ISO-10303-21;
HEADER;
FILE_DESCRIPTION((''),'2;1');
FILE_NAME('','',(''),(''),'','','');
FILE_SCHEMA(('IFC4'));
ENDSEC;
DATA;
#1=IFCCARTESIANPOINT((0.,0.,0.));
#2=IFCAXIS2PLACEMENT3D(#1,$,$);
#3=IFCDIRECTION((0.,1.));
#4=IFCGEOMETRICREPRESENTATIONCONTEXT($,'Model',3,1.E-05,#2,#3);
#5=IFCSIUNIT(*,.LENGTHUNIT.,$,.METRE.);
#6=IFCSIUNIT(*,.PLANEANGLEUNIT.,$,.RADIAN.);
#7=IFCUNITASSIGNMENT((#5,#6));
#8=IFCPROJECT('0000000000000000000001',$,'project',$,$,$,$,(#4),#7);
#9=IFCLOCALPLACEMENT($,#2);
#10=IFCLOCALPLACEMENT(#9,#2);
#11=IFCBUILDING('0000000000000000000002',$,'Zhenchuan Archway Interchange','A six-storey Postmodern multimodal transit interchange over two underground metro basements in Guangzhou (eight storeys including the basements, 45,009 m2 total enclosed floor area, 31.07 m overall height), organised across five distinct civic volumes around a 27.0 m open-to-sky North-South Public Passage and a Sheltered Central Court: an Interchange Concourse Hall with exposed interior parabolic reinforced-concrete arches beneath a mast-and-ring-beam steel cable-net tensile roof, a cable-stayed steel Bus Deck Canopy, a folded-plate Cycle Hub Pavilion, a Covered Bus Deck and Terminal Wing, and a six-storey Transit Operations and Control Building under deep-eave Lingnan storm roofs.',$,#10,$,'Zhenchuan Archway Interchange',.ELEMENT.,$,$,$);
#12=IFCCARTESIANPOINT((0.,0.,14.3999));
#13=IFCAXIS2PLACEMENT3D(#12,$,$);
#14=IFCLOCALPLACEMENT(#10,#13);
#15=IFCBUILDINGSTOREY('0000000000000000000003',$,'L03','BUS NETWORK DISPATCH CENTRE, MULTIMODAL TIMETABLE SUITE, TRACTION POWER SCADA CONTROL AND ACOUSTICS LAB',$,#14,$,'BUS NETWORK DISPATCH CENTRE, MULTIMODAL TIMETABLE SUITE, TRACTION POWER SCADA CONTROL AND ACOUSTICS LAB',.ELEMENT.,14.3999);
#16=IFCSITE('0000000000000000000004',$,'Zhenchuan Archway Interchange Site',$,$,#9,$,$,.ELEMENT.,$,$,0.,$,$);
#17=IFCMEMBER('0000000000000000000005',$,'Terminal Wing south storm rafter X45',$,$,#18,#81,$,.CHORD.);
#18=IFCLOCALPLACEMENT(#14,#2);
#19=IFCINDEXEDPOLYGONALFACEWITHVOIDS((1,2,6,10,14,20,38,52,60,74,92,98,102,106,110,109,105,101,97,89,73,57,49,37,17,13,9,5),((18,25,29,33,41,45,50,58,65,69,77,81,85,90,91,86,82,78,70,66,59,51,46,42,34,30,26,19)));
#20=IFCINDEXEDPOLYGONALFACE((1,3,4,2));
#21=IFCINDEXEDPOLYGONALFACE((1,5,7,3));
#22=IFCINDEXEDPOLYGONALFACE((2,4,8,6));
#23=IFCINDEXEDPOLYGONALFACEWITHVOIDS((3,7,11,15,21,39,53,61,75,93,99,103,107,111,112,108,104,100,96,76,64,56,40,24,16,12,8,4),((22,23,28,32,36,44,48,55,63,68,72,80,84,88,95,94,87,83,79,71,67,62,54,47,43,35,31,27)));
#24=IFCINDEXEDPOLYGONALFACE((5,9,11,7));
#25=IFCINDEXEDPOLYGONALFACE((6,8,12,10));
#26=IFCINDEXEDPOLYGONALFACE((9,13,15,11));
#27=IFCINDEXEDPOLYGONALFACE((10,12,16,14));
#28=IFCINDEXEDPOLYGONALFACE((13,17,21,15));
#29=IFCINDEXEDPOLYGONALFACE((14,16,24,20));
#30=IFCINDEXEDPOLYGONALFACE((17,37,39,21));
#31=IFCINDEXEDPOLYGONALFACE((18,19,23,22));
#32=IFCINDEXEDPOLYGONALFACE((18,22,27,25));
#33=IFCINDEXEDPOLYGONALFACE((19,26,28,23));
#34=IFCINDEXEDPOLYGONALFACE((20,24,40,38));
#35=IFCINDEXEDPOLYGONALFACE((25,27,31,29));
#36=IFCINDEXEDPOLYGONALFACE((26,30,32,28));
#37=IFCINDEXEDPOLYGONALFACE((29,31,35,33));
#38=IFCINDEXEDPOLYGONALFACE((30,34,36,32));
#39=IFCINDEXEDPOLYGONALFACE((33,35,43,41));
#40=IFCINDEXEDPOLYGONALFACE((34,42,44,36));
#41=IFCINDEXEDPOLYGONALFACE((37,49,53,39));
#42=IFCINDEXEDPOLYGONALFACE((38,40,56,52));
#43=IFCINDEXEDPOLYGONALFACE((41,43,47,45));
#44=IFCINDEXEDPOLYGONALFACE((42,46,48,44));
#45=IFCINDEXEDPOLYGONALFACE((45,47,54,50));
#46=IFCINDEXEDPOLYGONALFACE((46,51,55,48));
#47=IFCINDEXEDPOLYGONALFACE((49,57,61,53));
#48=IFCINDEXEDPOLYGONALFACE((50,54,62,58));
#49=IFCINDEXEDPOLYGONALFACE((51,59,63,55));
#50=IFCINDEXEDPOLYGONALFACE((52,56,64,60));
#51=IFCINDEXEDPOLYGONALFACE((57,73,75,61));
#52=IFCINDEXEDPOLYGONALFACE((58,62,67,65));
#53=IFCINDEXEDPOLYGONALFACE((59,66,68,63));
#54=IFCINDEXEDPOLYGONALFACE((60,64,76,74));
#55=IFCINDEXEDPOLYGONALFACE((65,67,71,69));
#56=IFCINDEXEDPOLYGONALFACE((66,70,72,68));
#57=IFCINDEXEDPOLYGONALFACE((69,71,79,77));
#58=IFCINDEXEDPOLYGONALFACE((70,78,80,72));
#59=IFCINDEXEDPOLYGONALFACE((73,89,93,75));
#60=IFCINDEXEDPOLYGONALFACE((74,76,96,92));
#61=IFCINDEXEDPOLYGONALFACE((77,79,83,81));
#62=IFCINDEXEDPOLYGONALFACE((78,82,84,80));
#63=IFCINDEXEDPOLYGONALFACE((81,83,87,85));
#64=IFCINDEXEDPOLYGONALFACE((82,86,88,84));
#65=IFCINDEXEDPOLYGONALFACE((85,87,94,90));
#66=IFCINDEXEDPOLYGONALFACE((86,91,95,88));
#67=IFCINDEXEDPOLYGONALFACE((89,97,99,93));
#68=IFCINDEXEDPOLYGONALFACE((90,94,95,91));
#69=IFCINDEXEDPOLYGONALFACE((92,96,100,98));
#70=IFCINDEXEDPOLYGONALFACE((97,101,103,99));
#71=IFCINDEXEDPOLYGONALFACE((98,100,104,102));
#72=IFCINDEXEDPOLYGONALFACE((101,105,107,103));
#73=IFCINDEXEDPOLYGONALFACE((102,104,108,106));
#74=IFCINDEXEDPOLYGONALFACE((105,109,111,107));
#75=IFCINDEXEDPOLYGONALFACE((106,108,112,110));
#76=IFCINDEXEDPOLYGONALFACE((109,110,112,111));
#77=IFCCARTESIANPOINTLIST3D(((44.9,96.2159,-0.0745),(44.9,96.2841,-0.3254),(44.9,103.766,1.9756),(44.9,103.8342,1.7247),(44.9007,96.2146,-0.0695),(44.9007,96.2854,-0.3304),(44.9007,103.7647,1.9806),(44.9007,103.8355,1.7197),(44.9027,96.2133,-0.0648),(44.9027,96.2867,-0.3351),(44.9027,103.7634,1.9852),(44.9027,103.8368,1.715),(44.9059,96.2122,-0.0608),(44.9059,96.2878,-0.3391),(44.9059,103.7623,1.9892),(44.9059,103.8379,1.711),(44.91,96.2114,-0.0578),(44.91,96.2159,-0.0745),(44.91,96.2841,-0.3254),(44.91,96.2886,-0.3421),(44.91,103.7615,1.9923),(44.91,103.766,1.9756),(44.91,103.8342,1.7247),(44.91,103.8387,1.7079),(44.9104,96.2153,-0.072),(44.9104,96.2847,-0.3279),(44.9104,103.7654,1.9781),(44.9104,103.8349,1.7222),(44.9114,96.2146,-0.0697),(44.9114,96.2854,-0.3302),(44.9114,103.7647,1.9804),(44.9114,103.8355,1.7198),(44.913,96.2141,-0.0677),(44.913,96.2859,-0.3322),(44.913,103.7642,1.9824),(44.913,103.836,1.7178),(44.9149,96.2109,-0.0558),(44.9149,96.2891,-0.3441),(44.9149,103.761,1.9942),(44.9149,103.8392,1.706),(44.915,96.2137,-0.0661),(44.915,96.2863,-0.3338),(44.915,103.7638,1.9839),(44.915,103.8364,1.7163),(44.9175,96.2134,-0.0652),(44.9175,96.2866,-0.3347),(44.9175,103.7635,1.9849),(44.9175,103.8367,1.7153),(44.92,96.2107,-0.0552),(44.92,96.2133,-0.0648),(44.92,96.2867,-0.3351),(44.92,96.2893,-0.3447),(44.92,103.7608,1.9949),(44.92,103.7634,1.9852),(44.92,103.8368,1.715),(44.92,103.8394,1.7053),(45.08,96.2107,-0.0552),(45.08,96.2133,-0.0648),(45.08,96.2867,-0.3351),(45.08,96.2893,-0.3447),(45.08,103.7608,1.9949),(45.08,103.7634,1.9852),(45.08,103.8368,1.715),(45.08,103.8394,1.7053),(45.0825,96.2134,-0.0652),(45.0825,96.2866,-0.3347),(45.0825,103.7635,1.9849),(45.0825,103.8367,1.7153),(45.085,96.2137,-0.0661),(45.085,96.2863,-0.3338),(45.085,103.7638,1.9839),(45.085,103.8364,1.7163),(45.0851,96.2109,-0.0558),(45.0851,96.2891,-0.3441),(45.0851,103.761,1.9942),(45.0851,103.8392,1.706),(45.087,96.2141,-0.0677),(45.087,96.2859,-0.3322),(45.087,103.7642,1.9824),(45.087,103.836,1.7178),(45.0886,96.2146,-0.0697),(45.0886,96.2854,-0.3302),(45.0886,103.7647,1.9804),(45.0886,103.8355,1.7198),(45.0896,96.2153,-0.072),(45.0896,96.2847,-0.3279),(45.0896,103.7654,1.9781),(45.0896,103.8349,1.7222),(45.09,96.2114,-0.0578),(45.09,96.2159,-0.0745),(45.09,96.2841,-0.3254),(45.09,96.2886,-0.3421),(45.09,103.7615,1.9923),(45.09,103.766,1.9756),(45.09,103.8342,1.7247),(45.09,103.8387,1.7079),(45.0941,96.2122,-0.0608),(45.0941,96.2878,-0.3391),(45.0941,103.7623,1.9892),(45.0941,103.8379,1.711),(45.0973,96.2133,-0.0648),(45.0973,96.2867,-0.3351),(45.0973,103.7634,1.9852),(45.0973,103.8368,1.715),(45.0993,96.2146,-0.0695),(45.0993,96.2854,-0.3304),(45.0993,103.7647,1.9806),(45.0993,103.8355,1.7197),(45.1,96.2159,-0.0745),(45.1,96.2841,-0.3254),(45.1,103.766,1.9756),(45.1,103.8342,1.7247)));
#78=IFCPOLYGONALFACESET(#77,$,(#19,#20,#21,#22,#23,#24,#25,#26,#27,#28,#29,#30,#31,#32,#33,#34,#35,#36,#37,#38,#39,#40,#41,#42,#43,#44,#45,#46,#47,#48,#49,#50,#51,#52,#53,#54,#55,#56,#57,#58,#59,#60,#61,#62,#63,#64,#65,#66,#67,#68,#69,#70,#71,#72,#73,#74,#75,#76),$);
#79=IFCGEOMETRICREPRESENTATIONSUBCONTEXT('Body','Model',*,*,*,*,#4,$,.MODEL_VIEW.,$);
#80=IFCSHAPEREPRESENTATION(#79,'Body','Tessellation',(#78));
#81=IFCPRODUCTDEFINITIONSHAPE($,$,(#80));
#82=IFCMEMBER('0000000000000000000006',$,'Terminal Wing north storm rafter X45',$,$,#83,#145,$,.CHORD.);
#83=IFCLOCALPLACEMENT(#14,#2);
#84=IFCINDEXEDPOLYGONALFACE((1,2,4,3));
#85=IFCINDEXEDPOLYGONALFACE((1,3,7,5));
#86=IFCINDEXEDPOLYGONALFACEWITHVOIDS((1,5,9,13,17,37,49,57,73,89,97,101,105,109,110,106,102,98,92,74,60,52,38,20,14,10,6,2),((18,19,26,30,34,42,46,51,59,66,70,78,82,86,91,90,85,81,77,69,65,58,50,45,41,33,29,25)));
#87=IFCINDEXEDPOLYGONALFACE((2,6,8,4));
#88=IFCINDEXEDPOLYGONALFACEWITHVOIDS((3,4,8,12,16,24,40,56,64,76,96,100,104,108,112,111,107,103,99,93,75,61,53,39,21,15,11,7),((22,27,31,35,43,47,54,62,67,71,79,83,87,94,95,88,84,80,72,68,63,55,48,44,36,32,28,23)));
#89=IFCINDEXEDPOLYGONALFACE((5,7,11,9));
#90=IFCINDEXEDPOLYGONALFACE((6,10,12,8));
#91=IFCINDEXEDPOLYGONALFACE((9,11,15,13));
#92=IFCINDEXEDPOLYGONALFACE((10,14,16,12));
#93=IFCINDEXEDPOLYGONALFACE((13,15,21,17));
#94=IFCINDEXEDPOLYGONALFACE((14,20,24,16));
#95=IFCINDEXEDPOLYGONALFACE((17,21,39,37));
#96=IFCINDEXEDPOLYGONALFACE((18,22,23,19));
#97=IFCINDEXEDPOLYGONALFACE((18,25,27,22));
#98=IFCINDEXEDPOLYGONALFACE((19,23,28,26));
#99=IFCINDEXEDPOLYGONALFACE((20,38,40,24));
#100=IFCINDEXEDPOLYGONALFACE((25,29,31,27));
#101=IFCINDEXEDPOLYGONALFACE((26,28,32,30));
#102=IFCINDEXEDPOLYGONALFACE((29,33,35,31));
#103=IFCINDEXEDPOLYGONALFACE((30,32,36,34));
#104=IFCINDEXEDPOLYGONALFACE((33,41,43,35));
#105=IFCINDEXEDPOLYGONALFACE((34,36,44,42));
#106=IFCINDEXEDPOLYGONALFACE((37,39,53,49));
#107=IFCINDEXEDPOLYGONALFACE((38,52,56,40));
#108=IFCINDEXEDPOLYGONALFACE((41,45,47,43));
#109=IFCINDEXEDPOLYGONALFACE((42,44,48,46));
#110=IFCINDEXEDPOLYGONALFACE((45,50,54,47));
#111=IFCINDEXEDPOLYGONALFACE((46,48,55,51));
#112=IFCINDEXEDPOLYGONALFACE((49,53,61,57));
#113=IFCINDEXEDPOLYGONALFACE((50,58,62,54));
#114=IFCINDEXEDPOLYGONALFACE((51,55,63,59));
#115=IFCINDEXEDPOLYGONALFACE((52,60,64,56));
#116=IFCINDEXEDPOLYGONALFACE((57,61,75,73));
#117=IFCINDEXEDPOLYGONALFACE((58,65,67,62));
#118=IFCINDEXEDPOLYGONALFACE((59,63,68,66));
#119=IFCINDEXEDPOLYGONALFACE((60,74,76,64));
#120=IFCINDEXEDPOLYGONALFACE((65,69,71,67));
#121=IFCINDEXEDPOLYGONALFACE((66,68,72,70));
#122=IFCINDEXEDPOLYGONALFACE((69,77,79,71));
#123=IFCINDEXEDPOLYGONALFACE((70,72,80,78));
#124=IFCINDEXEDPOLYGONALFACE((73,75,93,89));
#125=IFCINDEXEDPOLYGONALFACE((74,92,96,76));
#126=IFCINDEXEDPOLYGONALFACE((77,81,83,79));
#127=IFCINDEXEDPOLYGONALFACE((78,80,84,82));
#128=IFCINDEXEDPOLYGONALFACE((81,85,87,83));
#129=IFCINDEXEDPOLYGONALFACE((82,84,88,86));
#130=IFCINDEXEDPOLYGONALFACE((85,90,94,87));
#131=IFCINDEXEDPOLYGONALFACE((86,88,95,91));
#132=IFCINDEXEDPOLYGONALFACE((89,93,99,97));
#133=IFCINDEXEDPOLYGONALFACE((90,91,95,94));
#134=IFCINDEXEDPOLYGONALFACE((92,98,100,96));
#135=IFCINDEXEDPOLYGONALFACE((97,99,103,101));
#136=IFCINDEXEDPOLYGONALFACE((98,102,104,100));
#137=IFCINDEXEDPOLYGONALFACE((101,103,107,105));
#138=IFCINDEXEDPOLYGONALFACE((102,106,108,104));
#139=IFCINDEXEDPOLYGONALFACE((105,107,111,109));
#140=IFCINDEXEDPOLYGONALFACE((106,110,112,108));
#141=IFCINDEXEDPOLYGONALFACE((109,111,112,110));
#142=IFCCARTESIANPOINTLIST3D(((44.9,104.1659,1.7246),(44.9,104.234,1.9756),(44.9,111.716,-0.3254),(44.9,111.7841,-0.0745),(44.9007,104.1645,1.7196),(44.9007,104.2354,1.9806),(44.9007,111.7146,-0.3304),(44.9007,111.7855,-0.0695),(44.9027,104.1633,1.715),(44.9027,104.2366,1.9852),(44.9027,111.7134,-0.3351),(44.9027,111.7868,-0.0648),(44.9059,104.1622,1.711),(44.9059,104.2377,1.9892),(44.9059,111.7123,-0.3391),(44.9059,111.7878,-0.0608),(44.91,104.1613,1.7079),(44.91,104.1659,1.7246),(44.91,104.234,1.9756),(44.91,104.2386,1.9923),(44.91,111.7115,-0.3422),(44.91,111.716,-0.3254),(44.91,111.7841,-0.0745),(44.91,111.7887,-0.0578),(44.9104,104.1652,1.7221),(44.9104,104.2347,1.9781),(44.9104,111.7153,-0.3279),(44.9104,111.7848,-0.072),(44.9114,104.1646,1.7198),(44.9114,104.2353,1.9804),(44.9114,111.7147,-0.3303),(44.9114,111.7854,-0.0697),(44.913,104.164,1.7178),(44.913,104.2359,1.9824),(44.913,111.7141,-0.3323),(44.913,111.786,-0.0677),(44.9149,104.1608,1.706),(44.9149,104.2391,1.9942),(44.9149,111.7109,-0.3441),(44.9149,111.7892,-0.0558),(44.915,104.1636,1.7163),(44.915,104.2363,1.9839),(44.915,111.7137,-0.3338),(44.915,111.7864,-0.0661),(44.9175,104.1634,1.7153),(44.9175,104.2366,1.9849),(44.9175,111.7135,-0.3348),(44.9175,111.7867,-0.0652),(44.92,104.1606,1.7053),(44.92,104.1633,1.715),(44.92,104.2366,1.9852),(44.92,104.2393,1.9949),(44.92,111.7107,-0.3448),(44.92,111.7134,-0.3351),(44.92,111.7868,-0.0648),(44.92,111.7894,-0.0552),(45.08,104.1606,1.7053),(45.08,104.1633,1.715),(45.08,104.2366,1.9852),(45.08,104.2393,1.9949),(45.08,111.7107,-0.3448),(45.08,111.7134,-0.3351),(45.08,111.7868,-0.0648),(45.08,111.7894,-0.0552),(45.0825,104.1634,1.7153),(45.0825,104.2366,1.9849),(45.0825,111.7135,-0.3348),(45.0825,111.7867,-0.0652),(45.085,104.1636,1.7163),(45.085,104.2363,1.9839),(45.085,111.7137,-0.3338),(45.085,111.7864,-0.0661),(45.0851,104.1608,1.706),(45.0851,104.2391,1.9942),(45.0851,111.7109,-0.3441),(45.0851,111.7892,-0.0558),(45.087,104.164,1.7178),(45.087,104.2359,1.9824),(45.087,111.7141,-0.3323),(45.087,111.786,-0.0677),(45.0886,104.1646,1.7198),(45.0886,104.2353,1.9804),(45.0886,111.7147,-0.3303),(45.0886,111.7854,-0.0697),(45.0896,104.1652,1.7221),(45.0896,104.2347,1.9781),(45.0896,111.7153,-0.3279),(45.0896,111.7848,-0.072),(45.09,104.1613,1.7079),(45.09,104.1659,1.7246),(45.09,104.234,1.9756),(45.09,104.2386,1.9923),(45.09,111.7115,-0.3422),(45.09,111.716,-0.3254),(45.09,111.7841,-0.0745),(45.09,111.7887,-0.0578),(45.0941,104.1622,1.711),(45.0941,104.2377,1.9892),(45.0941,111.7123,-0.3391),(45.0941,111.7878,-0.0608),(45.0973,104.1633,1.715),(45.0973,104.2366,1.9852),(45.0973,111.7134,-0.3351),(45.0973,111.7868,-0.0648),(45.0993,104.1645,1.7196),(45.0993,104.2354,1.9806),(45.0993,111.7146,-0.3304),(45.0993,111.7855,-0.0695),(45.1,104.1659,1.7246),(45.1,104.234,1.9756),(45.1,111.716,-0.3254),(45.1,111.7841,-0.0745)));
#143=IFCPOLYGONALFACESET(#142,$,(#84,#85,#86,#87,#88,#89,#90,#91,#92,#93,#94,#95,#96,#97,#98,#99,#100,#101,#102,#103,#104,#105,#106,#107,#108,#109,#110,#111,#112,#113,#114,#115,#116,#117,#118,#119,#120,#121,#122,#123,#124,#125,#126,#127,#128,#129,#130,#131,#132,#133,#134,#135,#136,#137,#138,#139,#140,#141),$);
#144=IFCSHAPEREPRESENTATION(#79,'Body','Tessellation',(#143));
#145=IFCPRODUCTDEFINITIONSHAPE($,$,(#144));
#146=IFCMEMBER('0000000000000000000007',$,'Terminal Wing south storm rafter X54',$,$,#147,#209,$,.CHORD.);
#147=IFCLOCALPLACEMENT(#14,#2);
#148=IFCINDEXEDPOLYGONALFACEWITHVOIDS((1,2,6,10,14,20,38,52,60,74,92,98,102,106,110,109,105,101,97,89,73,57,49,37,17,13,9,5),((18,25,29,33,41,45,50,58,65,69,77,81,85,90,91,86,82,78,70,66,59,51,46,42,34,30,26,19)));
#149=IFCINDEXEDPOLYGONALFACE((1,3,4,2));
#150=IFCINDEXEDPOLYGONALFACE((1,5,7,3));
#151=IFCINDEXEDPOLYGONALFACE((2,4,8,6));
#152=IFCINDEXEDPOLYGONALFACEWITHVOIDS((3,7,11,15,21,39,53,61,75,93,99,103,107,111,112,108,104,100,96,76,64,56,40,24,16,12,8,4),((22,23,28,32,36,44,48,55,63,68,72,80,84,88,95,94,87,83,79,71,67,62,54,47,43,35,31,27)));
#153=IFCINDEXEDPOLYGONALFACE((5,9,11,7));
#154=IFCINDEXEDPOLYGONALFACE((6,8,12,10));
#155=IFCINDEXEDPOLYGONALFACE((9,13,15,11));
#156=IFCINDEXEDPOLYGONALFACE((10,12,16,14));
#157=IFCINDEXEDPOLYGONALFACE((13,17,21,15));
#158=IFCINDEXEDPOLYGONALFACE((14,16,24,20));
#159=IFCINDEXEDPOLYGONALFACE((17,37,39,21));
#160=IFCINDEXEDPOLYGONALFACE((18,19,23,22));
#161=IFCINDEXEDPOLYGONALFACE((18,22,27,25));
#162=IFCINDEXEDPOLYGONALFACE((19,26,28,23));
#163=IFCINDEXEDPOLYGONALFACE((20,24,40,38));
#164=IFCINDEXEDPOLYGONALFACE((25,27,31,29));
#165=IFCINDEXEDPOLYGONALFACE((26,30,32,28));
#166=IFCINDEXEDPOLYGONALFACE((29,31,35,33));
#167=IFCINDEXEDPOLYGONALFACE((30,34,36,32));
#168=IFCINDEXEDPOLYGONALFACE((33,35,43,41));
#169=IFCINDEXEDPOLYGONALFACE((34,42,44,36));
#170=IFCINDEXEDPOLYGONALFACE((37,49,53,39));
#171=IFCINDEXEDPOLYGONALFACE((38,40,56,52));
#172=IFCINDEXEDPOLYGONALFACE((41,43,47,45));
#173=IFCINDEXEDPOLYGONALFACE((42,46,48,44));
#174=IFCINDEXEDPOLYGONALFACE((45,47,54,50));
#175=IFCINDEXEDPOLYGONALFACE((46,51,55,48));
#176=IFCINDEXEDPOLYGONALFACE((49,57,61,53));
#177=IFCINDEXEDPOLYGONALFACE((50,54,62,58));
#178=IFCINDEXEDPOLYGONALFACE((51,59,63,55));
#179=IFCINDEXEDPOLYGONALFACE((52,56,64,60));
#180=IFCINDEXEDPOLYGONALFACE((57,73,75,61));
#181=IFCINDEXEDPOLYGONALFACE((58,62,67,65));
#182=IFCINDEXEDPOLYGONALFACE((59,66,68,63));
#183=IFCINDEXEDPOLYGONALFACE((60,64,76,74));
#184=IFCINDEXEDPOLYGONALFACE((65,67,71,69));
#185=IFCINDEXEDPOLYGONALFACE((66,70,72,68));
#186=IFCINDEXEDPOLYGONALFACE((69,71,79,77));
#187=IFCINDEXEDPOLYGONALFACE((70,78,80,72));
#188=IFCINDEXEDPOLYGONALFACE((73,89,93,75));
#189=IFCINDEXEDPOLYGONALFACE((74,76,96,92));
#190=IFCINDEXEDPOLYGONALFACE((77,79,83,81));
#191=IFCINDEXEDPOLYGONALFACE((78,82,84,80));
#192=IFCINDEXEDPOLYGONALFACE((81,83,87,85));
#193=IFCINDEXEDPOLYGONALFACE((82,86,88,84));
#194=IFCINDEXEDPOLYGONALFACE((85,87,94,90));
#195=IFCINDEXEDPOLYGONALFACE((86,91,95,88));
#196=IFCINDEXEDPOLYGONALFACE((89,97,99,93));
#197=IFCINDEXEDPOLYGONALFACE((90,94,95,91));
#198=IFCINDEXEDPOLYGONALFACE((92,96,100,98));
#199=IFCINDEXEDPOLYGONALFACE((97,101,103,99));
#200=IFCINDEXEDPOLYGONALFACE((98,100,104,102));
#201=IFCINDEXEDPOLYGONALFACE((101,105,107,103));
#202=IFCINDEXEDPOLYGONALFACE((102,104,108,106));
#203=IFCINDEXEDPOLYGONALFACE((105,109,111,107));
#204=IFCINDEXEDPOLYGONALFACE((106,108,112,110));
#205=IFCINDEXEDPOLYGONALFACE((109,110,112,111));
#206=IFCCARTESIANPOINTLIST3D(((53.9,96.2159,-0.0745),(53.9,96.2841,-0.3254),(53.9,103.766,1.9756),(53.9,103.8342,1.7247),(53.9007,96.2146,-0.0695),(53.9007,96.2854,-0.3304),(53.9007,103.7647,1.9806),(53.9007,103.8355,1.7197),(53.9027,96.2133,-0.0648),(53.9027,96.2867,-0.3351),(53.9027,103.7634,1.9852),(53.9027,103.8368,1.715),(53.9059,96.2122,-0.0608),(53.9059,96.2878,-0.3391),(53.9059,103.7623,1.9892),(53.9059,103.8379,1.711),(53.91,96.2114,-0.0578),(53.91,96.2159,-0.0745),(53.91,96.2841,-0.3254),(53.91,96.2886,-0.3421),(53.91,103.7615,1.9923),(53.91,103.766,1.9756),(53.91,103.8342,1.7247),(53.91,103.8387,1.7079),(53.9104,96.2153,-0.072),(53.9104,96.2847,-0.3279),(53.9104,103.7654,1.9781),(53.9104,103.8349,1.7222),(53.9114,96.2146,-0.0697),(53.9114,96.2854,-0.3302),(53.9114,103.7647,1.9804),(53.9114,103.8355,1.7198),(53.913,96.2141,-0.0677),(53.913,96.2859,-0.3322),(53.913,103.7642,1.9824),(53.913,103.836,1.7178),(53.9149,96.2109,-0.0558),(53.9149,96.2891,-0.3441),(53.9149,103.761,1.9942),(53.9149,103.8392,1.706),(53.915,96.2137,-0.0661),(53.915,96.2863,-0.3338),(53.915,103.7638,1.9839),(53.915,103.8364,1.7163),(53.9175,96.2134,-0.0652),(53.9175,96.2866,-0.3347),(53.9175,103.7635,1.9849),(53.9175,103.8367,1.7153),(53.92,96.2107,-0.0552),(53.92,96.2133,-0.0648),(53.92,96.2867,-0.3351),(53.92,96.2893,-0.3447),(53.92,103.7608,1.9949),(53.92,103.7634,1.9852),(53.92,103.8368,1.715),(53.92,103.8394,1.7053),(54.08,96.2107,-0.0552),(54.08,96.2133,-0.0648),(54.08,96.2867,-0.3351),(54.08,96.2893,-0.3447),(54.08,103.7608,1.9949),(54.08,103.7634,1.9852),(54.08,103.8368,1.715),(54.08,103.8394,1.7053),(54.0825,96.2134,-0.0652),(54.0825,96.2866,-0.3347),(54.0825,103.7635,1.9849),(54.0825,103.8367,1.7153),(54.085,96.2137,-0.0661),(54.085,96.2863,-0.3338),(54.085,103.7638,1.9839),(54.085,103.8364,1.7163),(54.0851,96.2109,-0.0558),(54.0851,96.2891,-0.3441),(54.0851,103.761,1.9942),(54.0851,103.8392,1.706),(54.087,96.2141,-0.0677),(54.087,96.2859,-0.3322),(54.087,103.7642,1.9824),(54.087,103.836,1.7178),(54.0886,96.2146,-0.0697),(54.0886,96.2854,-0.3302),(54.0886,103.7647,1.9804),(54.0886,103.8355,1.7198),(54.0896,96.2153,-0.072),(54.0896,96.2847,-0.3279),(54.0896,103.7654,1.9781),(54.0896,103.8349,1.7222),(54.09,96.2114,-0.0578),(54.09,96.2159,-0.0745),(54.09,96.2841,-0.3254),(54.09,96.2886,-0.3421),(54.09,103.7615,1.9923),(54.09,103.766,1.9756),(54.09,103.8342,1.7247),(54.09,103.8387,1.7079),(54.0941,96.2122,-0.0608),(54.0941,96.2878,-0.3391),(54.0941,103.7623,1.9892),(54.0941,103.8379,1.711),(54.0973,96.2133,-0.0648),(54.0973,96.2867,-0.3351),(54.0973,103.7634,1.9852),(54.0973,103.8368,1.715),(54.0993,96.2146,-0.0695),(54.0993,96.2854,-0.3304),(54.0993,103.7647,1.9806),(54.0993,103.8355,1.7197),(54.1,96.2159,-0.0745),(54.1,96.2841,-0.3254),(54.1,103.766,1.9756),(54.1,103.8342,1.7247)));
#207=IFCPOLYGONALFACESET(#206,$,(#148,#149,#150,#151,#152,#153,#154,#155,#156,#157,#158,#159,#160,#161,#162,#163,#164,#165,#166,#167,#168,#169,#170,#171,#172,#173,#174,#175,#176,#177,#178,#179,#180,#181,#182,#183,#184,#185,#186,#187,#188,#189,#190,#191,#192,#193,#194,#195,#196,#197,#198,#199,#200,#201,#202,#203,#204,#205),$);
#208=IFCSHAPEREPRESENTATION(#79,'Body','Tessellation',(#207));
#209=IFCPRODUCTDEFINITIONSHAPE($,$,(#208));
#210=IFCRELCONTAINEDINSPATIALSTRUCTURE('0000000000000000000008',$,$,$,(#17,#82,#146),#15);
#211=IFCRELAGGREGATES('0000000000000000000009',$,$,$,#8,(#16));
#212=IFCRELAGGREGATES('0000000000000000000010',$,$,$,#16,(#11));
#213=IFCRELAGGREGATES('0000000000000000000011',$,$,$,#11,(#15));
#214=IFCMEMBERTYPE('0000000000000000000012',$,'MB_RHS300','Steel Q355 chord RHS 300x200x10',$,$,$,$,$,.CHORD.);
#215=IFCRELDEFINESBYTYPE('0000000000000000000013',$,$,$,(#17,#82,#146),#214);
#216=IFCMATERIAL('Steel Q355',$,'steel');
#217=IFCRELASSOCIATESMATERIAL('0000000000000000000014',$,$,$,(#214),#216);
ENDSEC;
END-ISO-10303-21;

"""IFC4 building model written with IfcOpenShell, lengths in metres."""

from ifc_helpers import new_model, si_unit, direction, frame, origin, origin_2d, place, context, subcontext, project, spatial, hollow_rectangle, extrude, material, material_profile, profile_set, type_object, element, save


model = new_model("IFC4")

# Units and contexts
model_context = context("Model", 3, precision=1e-05, world=origin(), true_north=direction((0.0, 1.0)))
body_context = subcontext(model_context, "Body", "Model", "MODEL_VIEW")
ifc_project = project(units=[si_unit("LENGTHUNIT", "METRE"), si_unit("PLANEANGLEUNIT", "RADIAN")], contexts=[model_context])

# Site, building, storey
site_placement = place(None, origin())
site = spatial("IfcSite", under=ifc_project, at=site_placement, Name="Zhenchuan Archway Interchange Site", CompositionType="ELEMENT", RefElevation=0.0)
building_placement = place(site_placement, origin())
building = spatial("IfcBuilding", under=site, at=building_placement, Name="Zhenchuan Archway Interchange", Description="A six-storey Postmodern multimodal transit interchange over two underground metro basements in Guangzhou (eight storeys including the basements, 45,009 m2 total enclosed floor area, 31.07 m overall height), organised across five distinct civic volumes around a 27.0 m open-to-sky North-South Public Passage and a Sheltered Central Court: an Interchange Concourse Hall with exposed interior parabolic reinforced-concrete arches beneath a mast-and-ring-beam steel cable-net tensile roof, a cable-stayed steel Bus Deck Canopy, a folded-plate Cycle Hub Pavilion, a Covered Bus Deck and Terminal Wing, and a six-storey Transit Operations and Control Building under deep-eave Lingnan storm roofs.", LongName="Zhenchuan Archway Interchange", CompositionType="ELEMENT")
storey_placement = place(building_placement, frame((0.0, 0.0, 14.3999)))
storey = spatial("IfcBuildingStorey", under=building, at=storey_placement, Name="L03", Description="BUS NETWORK DISPATCH CENTRE, MULTIMODAL TIMETABLE SUITE, TRACTION POWER SCADA CONTROL AND ACOUSTICS LAB", LongName="BUS NETWORK DISPATCH CENTRE, MULTIMODAL TIMETABLE SUITE, TRACTION POWER SCADA CONTROL AND ACOUSTICS LAB", CompositionType="ELEMENT", Elevation=14.3999)

# Shared definitions
ifc_material_1 = material(Name="Steel Q355", Category="steel")

# Members
ifc_material_profile_1 = material_profile(ifc_material_1, hollow_rectangle(XDim=0.2, YDim=0.3, WallThickness=0.01, InnerFilletRadius=0.01, OuterFilletRadius=0.02, at=origin_2d()), Name="RHS 300x200x10")
ifc_profile_set_1 = profile_set([ifc_material_profile_1], Name="Steel Q355")
member_type_1 = type_object("IfcMemberType", Name="MB_RHS300", Description="Steel Q355 chord RHS 300x200x10", PredefinedType="CHORD", material=ifc_profile_set_1)
for number, where, z_axis, x_axis, name in (
    (1, (45.0, 96.25, -0.2), (0.0, 0.965057, 0.26204), (-1.0, 0.0, 0.0), "Terminal Wing south storm rafter X45"),
    (2, (45.0, 104.2, 1.8501), (0.0, 0.965057, -0.26204), (-1.0, 0.0, 0.0), "Terminal Wing north storm rafter X45"),
    (3, (54.0, 96.25, -0.2), (0.0, 0.965057, 0.26204), (-1.0, 0.0, 0.0), "Terminal Wing south storm rafter X54"),
):
    element("IfcMember", number, at=place(storey_placement, frame(where, z_axis=z_axis, x_axis=x_axis)), inside=storey, type_object=member_type_1, Name=name, PredefinedType="CHORD", context=body_context, shape_type="SweptSolid", body=[
        extrude(hollow_rectangle(XDim=0.2, YDim=0.3, WallThickness=0.01, InnerFilletRadius=0.01, OuterFilletRadius=0.02, at=origin_2d()), origin(), (0.0, 0.0, 1.0), 7.8235),
    ])

save(model, "model.ifc")
